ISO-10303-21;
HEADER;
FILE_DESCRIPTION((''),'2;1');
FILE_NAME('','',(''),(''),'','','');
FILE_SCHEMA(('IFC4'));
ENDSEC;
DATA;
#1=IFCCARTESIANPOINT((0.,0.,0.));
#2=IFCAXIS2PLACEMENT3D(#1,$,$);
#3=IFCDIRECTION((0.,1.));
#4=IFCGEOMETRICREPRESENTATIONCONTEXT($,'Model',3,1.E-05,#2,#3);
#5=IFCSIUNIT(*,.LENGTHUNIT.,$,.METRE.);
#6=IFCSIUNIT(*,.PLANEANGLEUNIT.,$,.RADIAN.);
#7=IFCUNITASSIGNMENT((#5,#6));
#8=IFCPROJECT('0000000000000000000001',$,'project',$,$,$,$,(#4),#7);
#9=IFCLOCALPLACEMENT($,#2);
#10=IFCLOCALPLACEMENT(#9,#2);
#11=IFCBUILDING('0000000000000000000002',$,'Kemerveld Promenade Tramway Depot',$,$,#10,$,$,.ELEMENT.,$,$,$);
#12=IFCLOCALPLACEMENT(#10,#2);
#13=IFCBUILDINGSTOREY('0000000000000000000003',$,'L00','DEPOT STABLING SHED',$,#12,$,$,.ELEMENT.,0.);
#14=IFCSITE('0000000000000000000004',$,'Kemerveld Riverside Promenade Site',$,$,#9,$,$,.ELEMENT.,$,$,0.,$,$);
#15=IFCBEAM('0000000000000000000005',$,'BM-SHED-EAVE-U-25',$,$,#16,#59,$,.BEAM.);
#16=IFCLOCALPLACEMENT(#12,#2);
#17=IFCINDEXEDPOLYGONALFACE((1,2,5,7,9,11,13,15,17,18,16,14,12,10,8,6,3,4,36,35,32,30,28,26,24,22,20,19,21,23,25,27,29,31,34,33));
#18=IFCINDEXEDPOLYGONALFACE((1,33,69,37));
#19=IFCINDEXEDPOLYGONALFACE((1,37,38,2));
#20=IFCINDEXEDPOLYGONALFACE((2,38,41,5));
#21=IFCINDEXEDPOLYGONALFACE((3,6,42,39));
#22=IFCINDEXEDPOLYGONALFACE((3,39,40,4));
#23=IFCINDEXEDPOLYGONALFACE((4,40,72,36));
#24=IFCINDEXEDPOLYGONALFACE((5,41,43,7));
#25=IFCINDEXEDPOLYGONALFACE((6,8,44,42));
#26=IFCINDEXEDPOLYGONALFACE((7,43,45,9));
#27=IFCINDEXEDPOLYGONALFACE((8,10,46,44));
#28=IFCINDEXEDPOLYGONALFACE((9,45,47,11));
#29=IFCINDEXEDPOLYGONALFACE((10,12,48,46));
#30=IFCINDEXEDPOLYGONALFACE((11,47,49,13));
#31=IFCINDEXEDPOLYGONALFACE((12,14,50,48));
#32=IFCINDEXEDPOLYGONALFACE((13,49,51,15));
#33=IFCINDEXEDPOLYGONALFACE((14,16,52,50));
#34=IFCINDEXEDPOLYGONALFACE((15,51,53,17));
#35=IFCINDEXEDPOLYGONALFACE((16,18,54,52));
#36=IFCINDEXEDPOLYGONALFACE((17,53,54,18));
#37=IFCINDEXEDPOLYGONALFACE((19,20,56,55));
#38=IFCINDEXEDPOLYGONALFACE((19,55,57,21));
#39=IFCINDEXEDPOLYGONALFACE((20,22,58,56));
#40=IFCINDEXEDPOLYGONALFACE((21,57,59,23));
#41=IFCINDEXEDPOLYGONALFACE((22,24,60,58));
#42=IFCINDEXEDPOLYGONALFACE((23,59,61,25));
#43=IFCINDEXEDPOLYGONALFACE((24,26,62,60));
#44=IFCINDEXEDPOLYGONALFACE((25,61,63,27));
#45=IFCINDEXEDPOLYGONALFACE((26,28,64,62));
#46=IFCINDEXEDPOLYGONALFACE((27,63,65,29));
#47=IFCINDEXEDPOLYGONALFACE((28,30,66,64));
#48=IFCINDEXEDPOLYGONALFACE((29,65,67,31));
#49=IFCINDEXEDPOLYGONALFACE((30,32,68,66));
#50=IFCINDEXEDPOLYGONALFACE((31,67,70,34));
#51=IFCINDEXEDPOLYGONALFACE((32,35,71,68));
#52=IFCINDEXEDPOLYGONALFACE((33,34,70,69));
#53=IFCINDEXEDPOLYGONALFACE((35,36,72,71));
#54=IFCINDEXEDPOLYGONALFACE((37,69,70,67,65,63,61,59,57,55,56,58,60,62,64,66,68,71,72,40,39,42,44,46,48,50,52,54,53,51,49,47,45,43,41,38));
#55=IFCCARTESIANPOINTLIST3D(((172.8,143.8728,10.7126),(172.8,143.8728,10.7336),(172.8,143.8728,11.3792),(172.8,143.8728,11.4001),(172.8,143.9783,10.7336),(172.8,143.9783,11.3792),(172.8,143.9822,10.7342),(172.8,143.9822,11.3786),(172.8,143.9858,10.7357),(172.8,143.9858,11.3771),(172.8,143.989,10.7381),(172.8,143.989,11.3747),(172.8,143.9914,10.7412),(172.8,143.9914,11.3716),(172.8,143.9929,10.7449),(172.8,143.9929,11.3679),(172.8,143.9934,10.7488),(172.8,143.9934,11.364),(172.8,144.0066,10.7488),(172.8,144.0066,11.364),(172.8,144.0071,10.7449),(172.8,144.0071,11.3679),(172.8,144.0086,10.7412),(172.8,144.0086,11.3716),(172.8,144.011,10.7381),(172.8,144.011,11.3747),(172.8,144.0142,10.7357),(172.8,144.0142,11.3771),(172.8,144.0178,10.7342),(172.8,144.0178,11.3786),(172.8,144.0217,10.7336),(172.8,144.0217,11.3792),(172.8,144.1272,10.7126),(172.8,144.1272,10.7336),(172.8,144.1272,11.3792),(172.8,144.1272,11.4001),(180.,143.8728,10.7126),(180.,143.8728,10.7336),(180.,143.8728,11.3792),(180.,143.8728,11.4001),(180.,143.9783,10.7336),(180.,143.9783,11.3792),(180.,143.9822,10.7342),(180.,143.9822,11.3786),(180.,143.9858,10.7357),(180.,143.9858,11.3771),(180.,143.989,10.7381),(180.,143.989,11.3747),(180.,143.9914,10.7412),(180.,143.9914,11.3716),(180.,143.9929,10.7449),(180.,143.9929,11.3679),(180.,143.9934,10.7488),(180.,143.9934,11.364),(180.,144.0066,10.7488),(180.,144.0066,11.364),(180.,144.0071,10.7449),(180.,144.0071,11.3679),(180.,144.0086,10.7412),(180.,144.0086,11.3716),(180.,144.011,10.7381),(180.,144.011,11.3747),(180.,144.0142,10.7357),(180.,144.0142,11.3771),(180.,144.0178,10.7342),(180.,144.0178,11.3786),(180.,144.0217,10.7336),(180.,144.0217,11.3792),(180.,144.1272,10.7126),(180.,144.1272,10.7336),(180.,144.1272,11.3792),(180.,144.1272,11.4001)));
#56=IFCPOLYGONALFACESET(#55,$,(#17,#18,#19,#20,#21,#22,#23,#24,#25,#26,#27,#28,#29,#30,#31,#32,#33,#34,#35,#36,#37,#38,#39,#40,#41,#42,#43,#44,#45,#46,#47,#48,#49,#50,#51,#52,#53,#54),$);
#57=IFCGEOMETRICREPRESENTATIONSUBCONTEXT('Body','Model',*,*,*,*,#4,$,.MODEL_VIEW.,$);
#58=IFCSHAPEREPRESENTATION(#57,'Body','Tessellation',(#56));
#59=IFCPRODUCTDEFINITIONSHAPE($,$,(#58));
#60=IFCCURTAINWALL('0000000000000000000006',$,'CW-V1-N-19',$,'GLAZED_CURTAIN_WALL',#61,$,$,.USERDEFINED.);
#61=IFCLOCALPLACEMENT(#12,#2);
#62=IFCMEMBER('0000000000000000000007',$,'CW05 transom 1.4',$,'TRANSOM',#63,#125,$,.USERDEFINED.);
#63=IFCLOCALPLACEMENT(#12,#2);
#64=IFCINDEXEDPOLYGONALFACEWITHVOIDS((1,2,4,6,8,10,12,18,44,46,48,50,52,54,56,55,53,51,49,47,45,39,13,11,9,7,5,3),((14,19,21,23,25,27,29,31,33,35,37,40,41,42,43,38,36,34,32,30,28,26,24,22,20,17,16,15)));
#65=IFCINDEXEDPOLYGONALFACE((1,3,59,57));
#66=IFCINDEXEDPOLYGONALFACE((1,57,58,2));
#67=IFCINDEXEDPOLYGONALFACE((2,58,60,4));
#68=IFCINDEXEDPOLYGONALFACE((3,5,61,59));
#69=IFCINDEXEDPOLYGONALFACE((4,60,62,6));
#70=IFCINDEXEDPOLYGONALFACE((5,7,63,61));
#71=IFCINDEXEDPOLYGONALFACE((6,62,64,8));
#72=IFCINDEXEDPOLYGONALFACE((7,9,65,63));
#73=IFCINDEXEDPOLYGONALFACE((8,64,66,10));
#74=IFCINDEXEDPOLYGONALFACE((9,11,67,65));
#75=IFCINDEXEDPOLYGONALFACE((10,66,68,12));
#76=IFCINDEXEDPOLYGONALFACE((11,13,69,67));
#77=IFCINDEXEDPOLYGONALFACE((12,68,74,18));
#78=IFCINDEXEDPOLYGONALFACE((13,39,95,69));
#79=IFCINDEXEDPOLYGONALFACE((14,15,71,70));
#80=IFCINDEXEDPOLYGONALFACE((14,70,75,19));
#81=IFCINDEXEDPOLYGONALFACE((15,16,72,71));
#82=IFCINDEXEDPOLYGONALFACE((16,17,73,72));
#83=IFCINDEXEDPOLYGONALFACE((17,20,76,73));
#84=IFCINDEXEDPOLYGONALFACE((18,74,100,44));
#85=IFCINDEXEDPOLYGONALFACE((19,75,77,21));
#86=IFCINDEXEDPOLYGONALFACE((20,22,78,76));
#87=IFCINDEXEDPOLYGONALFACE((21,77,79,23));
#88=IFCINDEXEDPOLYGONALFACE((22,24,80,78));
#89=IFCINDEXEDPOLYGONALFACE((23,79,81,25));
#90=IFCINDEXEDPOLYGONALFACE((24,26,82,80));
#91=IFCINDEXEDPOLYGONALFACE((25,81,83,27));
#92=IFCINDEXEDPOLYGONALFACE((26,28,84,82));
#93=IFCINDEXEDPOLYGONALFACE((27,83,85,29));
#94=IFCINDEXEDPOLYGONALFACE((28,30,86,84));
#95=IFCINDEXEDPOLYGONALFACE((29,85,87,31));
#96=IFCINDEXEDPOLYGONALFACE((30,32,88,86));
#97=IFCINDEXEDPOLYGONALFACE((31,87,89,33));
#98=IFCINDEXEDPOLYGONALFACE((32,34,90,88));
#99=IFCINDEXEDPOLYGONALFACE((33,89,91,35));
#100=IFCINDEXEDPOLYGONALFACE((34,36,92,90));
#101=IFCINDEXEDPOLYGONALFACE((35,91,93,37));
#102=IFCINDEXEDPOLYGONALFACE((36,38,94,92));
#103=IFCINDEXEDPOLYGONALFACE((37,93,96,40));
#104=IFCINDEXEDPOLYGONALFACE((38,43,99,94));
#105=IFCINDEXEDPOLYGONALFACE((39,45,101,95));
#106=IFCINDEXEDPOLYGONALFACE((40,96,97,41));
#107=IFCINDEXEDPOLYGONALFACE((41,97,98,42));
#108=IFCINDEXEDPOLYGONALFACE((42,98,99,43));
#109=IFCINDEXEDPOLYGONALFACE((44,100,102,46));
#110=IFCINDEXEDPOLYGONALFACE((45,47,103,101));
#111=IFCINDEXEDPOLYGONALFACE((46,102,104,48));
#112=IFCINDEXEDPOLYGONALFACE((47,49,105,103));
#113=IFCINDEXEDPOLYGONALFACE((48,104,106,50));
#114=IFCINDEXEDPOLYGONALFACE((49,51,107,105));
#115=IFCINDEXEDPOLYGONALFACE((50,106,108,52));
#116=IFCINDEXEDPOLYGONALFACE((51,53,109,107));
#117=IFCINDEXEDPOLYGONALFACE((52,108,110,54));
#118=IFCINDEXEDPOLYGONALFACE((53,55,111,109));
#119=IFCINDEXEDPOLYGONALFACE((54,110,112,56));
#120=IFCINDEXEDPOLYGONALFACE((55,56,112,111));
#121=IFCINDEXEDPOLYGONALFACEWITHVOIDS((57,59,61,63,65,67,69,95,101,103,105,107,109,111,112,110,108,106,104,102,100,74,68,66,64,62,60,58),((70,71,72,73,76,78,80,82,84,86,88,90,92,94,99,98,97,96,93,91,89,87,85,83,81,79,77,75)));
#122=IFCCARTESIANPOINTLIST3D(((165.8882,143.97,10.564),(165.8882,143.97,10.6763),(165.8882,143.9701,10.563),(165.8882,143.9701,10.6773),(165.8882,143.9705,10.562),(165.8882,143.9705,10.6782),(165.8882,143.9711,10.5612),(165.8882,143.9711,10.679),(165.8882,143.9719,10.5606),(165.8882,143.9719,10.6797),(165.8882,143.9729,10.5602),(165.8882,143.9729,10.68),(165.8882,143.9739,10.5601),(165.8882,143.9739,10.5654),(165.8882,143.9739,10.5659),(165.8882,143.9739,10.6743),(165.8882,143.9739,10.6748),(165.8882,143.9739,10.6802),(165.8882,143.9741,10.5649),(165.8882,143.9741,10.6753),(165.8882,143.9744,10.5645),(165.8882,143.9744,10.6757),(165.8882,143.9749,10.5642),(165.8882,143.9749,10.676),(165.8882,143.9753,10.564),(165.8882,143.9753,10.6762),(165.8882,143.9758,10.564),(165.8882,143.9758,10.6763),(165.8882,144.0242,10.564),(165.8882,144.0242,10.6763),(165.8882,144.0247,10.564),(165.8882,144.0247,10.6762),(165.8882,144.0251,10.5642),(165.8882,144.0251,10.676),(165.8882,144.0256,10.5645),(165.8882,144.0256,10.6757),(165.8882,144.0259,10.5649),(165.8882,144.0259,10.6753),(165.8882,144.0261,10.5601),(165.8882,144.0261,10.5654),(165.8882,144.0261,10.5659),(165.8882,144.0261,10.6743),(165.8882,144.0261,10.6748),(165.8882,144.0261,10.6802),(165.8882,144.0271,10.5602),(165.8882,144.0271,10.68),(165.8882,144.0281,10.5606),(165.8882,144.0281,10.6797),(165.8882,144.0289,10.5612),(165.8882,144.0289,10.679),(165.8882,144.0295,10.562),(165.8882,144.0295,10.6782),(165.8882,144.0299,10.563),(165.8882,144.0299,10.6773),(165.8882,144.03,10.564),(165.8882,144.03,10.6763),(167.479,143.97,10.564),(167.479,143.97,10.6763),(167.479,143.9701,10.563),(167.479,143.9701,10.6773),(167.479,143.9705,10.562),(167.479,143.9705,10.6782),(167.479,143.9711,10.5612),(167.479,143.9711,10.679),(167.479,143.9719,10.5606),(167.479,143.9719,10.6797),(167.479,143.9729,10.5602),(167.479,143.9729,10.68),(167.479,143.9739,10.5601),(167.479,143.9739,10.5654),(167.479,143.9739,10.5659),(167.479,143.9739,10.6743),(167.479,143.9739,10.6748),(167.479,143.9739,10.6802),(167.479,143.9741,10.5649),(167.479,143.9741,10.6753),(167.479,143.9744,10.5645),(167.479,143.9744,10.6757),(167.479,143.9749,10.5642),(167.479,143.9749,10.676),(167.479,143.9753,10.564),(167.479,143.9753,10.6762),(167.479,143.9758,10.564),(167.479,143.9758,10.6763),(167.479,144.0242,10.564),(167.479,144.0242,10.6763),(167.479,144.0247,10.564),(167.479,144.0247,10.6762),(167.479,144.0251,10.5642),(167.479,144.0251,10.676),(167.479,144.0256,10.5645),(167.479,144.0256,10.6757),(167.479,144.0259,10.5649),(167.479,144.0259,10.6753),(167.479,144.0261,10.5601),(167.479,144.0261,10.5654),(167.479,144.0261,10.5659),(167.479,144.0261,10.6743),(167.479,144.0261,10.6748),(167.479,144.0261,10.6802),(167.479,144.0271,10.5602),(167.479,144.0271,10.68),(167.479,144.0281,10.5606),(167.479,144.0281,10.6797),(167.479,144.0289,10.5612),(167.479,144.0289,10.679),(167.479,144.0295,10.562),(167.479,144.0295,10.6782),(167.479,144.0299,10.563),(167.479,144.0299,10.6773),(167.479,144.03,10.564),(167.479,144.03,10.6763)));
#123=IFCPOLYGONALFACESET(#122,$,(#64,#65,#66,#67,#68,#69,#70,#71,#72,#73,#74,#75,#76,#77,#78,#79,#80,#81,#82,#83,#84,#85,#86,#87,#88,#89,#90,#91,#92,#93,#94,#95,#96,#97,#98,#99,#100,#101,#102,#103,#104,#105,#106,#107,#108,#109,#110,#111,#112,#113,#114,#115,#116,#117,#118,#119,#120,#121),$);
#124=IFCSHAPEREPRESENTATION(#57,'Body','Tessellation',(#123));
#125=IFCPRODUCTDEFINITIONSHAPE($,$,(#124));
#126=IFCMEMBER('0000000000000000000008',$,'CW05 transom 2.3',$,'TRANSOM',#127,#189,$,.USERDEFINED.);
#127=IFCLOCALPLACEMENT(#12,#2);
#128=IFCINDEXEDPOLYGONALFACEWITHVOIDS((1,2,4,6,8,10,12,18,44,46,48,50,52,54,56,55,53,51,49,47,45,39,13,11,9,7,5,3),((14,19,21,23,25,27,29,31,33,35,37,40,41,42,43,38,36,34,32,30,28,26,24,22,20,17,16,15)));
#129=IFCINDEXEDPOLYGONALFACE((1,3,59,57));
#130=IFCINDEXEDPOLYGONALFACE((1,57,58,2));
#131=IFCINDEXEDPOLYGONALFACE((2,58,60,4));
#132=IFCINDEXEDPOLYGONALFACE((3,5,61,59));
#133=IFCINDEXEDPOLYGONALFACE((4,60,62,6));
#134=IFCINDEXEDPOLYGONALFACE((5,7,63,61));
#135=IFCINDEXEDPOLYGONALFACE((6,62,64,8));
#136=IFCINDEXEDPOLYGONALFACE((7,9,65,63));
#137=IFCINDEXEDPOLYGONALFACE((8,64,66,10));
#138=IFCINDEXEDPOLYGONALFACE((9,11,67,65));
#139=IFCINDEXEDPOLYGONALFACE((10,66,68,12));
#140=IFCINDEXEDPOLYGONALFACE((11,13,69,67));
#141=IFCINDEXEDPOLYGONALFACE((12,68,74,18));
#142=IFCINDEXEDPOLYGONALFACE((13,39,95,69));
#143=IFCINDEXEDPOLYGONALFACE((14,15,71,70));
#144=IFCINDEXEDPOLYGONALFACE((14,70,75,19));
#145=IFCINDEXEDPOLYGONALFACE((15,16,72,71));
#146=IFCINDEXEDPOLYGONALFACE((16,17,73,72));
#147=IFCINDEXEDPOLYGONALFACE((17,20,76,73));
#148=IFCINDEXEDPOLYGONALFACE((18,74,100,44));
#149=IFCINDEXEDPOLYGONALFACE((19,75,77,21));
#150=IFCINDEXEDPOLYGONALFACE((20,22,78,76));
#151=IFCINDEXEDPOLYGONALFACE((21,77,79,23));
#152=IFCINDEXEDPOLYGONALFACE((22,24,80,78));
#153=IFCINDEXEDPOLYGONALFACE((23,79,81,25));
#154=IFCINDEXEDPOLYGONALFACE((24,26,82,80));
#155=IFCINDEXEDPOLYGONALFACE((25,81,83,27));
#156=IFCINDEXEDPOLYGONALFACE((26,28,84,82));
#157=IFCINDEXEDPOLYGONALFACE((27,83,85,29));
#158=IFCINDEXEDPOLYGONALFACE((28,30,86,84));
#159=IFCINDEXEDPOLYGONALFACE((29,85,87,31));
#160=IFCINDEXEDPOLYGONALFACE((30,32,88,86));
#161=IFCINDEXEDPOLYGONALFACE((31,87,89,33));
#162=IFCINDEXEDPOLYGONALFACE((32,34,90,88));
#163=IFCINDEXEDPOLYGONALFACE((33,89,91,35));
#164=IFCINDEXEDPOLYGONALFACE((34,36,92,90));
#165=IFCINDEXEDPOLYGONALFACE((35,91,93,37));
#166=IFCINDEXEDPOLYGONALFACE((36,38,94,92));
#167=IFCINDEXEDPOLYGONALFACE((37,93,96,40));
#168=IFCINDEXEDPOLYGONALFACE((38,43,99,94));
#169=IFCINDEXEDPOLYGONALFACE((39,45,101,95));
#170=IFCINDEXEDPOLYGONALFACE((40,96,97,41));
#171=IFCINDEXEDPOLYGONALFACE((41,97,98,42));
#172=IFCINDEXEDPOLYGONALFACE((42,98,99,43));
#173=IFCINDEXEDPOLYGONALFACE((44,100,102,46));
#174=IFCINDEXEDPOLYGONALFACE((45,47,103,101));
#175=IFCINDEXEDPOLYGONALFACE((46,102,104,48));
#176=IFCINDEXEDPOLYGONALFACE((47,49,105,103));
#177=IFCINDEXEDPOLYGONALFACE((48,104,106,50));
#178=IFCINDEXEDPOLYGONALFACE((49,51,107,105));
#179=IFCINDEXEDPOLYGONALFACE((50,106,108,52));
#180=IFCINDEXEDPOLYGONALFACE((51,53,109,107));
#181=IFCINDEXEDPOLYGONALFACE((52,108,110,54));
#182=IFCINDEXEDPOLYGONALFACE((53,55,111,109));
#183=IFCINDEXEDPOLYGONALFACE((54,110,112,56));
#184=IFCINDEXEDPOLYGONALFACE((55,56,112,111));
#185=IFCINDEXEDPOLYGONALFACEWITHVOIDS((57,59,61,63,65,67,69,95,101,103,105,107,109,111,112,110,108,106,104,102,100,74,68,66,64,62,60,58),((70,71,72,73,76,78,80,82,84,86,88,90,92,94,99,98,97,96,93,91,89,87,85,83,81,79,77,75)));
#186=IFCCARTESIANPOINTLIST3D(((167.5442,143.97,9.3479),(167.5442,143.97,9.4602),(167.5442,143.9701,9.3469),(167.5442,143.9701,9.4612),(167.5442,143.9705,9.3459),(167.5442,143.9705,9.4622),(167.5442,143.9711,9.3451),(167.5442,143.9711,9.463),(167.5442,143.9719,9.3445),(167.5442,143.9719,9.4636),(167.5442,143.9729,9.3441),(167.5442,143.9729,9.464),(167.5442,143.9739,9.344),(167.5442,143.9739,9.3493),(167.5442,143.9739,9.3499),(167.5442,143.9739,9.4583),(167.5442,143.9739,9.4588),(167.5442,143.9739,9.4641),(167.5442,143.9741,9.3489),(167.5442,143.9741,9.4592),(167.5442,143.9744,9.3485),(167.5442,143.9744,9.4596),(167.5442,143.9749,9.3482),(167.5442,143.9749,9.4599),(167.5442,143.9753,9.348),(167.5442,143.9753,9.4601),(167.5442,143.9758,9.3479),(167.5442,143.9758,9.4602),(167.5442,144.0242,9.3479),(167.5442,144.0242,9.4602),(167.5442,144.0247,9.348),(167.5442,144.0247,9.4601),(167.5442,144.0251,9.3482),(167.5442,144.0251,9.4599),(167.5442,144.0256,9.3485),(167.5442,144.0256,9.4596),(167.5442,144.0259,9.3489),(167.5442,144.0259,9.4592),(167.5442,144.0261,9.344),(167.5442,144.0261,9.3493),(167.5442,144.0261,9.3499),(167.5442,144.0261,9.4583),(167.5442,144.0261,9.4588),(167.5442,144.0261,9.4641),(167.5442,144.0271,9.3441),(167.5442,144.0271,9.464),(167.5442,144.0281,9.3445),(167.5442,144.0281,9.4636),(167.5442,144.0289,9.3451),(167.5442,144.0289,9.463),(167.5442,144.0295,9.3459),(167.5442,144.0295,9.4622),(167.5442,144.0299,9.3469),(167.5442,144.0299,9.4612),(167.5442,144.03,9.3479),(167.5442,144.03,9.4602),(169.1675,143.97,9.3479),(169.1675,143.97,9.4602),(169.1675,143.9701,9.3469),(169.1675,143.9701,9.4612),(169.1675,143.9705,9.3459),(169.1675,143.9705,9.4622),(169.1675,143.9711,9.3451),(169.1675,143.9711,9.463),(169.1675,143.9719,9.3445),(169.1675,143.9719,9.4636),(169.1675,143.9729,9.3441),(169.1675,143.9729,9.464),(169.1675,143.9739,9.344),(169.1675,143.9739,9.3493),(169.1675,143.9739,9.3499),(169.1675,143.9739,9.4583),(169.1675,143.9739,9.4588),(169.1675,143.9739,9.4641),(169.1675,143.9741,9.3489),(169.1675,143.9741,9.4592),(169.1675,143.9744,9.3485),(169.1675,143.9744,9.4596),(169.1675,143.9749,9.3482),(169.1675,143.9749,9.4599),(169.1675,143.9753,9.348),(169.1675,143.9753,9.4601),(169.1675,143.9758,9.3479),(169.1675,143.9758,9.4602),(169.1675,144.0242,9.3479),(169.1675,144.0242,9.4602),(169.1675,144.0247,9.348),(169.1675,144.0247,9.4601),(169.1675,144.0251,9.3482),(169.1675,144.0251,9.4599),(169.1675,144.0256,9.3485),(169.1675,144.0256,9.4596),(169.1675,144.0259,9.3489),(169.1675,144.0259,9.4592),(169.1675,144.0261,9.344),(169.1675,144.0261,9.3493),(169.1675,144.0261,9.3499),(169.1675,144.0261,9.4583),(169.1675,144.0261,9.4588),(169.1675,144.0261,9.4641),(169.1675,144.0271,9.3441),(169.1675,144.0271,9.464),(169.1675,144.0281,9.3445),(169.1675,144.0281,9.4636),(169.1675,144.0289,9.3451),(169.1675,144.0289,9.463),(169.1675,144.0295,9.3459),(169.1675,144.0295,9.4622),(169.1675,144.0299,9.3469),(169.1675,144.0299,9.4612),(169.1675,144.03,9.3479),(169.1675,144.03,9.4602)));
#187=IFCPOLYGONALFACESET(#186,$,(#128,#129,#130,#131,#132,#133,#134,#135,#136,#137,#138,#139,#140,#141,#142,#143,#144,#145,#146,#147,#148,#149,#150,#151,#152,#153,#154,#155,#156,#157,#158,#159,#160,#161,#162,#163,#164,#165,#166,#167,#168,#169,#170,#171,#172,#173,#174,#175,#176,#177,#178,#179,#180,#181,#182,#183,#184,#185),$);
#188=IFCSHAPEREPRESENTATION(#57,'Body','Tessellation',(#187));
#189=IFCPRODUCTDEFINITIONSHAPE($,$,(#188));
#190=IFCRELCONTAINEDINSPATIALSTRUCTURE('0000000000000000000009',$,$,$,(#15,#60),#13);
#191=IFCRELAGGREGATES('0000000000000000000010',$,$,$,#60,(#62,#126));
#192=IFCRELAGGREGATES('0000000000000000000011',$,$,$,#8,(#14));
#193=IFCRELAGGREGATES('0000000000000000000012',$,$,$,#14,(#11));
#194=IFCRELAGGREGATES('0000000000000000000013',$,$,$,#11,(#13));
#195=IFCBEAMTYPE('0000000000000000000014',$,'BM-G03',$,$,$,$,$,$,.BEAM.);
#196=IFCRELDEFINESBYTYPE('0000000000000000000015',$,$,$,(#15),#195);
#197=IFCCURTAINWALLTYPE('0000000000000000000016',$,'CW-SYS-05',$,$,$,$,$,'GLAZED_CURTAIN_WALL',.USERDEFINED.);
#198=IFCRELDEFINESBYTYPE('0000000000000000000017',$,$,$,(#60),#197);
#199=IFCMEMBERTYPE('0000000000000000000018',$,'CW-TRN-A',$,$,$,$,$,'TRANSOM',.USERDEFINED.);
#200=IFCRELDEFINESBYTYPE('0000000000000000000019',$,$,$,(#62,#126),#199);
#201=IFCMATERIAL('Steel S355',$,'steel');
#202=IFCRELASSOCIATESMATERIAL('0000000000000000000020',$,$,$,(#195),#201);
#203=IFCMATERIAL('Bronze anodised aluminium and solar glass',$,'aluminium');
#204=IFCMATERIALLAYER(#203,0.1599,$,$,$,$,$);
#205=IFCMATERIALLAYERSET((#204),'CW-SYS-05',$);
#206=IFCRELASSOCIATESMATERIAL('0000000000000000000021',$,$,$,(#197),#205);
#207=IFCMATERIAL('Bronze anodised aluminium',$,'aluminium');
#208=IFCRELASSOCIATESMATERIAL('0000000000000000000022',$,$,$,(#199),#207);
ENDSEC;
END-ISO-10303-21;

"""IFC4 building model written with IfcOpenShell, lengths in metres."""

from ifc_helpers import new_model, si_unit, direction, frame, origin, origin_2d, place, context, subcontext, project, spatial, hollow_rectangle, i_section, extrude, material, layer, layer_set, material_profile, profile_set, type_object, element, aggregate, save


model = new_model("IFC4")

# Units and contexts
model_context = context("Model", 3, precision=1e-05, world=origin(), true_north=direction((0.0, 1.0)))
body_context = subcontext(model_context, "Body", "Model", "MODEL_VIEW")
ifc_project = project(units=[si_unit("LENGTHUNIT", "METRE"), si_unit("PLANEANGLEUNIT", "RADIAN")], contexts=[model_context])

# Site, building, storey
site_placement = place(None, origin())
site = spatial("IfcSite", under=ifc_project, at=site_placement, Name="Kemerveld Riverside Promenade Site", CompositionType="ELEMENT", RefElevation=0.0)
building_placement = place(site_placement, origin())
building = spatial("IfcBuilding", under=site, at=building_placement, Name="Kemerveld Promenade Tramway Depot", CompositionType="ELEMENT")
storey_placement = place(building_placement, origin())
storey = spatial("IfcBuildingStorey", under=building, at=storey_placement, Name="L00", Description="DEPOT STABLING SHED", CompositionType="ELEMENT", Elevation=0.0)

# Beam
ifc_material_1 = material(Name="Steel S355", Category="steel")
ifc_material_profile_1 = material_profile(ifc_material_1, i_section(OverallWidth=0.2544, OverallDepth=0.6875, WebThickness=0.0132, FlangeThickness=0.021, FilletRadius=0.0151, at=origin_2d()), Name="686x254x152 UB")
ifc_profile_set_1 = profile_set([ifc_material_profile_1], Name="Steel S355")
beam_type = type_object("IfcBeamType", Name="BM-G03", PredefinedType="BEAM", material=ifc_profile_set_1)
beam_placement = place(storey_placement, frame((172.8, 144.0, 11.0564), z_axis=(1.0, 0.0, 0.0), x_axis=(0.0, 1.0, 0.0)))
element("IfcBeam", 1, at=beam_placement, inside=storey, type_object=beam_type, Name="BM-SHED-EAVE-U-25", PredefinedType="BEAM", context=body_context, shape_type="SweptSolid", body=[
    extrude(i_section(OverallWidth=0.2544, OverallDepth=0.6875, WebThickness=0.0132, FlangeThickness=0.021, FilletRadius=0.0151, at=origin_2d()), origin(), (0.0, 0.0, 1.0), 7.2),
])

# Curtain wall, members
ifc_material_2 = material(Name="Bronze anodised aluminium and solar glass", Category="aluminium")
ifc_layer_1 = layer(ifc_material_2, 0.1599)
ifc_layer_set_1 = layer_set([ifc_layer_1], Name="CW-SYS-05")
curtain_wall_type_1 = type_object("IfcCurtainWallType", Name="CW-SYS-05", ElementType="GLAZED_CURTAIN_WALL", PredefinedType="USERDEFINED", material=ifc_layer_set_1)
curtain_wall_1_placement = place(storey_placement, origin())
curtain_wall_1 = element("IfcCurtainWall", 2, at=curtain_wall_1_placement, inside=storey, type_object=curtain_wall_type_1, Name="CW-V1-N-19", ObjectType="GLAZED_CURTAIN_WALL", PredefinedType="USERDEFINED")
ifc_material_3 = material(Name="Bronze anodised aluminium", Category="aluminium")
ifc_material_profile_2 = material_profile(ifc_material_3, hollow_rectangle(XDim=0.0601, YDim=0.1201, WallThickness=0.0039, InnerFilletRadius=0.002, OuterFilletRadius=0.0039, at=origin_2d()), Name="CW-TRN-120x60")
ifc_profile_set_2 = profile_set([ifc_material_profile_2], Name="Bronze anodised aluminium")
member_type_1 = type_object("IfcMemberType", Name="CW-TRN-A", ElementType="TRANSOM", PredefinedType="USERDEFINED", material=ifc_profile_set_2)
member_1_placement = place(storey_placement, frame((165.8882, 144.0, 10.6201), z_axis=(1.0, 0.0, 0.0), x_axis=(0.0, 1.0, 0.0)))
member_1 = element("IfcMember", 3, at=member_1_placement, type_object=member_type_1, Name="CW05 transom 1.4", ObjectType="TRANSOM", PredefinedType="USERDEFINED", context=body_context, shape_type="SweptSolid", body=[
    extrude(hollow_rectangle(XDim=0.0601, YDim=0.1201, WallThickness=0.0039, InnerFilletRadius=0.002, OuterFilletRadius=0.0039, at=origin_2d()), origin(), (0.0, 0.0, 1.0), 1.5908),
])
member_2_placement = place(storey_placement, frame((167.5442, 144.0, 9.4041), z_axis=(1.0, 0.0, 0.0), x_axis=(0.0, 1.0, 0.0)))
member_2 = element("IfcMember", 4, at=member_2_placement, type_object=member_type_1, Name="CW05 transom 2.3", ObjectType="TRANSOM", PredefinedType="USERDEFINED", context=body_context, shape_type="SweptSolid", body=[
    extrude(hollow_rectangle(XDim=0.0601, YDim=0.1201, WallThickness=0.0039, InnerFilletRadius=0.002, OuterFilletRadius=0.0039, at=origin_2d()), origin(), (0.0, 0.0, 1.0), 1.6233),
])

aggregate(curtain_wall_1, [member_1, member_2])

save(model, "model.ifc")
